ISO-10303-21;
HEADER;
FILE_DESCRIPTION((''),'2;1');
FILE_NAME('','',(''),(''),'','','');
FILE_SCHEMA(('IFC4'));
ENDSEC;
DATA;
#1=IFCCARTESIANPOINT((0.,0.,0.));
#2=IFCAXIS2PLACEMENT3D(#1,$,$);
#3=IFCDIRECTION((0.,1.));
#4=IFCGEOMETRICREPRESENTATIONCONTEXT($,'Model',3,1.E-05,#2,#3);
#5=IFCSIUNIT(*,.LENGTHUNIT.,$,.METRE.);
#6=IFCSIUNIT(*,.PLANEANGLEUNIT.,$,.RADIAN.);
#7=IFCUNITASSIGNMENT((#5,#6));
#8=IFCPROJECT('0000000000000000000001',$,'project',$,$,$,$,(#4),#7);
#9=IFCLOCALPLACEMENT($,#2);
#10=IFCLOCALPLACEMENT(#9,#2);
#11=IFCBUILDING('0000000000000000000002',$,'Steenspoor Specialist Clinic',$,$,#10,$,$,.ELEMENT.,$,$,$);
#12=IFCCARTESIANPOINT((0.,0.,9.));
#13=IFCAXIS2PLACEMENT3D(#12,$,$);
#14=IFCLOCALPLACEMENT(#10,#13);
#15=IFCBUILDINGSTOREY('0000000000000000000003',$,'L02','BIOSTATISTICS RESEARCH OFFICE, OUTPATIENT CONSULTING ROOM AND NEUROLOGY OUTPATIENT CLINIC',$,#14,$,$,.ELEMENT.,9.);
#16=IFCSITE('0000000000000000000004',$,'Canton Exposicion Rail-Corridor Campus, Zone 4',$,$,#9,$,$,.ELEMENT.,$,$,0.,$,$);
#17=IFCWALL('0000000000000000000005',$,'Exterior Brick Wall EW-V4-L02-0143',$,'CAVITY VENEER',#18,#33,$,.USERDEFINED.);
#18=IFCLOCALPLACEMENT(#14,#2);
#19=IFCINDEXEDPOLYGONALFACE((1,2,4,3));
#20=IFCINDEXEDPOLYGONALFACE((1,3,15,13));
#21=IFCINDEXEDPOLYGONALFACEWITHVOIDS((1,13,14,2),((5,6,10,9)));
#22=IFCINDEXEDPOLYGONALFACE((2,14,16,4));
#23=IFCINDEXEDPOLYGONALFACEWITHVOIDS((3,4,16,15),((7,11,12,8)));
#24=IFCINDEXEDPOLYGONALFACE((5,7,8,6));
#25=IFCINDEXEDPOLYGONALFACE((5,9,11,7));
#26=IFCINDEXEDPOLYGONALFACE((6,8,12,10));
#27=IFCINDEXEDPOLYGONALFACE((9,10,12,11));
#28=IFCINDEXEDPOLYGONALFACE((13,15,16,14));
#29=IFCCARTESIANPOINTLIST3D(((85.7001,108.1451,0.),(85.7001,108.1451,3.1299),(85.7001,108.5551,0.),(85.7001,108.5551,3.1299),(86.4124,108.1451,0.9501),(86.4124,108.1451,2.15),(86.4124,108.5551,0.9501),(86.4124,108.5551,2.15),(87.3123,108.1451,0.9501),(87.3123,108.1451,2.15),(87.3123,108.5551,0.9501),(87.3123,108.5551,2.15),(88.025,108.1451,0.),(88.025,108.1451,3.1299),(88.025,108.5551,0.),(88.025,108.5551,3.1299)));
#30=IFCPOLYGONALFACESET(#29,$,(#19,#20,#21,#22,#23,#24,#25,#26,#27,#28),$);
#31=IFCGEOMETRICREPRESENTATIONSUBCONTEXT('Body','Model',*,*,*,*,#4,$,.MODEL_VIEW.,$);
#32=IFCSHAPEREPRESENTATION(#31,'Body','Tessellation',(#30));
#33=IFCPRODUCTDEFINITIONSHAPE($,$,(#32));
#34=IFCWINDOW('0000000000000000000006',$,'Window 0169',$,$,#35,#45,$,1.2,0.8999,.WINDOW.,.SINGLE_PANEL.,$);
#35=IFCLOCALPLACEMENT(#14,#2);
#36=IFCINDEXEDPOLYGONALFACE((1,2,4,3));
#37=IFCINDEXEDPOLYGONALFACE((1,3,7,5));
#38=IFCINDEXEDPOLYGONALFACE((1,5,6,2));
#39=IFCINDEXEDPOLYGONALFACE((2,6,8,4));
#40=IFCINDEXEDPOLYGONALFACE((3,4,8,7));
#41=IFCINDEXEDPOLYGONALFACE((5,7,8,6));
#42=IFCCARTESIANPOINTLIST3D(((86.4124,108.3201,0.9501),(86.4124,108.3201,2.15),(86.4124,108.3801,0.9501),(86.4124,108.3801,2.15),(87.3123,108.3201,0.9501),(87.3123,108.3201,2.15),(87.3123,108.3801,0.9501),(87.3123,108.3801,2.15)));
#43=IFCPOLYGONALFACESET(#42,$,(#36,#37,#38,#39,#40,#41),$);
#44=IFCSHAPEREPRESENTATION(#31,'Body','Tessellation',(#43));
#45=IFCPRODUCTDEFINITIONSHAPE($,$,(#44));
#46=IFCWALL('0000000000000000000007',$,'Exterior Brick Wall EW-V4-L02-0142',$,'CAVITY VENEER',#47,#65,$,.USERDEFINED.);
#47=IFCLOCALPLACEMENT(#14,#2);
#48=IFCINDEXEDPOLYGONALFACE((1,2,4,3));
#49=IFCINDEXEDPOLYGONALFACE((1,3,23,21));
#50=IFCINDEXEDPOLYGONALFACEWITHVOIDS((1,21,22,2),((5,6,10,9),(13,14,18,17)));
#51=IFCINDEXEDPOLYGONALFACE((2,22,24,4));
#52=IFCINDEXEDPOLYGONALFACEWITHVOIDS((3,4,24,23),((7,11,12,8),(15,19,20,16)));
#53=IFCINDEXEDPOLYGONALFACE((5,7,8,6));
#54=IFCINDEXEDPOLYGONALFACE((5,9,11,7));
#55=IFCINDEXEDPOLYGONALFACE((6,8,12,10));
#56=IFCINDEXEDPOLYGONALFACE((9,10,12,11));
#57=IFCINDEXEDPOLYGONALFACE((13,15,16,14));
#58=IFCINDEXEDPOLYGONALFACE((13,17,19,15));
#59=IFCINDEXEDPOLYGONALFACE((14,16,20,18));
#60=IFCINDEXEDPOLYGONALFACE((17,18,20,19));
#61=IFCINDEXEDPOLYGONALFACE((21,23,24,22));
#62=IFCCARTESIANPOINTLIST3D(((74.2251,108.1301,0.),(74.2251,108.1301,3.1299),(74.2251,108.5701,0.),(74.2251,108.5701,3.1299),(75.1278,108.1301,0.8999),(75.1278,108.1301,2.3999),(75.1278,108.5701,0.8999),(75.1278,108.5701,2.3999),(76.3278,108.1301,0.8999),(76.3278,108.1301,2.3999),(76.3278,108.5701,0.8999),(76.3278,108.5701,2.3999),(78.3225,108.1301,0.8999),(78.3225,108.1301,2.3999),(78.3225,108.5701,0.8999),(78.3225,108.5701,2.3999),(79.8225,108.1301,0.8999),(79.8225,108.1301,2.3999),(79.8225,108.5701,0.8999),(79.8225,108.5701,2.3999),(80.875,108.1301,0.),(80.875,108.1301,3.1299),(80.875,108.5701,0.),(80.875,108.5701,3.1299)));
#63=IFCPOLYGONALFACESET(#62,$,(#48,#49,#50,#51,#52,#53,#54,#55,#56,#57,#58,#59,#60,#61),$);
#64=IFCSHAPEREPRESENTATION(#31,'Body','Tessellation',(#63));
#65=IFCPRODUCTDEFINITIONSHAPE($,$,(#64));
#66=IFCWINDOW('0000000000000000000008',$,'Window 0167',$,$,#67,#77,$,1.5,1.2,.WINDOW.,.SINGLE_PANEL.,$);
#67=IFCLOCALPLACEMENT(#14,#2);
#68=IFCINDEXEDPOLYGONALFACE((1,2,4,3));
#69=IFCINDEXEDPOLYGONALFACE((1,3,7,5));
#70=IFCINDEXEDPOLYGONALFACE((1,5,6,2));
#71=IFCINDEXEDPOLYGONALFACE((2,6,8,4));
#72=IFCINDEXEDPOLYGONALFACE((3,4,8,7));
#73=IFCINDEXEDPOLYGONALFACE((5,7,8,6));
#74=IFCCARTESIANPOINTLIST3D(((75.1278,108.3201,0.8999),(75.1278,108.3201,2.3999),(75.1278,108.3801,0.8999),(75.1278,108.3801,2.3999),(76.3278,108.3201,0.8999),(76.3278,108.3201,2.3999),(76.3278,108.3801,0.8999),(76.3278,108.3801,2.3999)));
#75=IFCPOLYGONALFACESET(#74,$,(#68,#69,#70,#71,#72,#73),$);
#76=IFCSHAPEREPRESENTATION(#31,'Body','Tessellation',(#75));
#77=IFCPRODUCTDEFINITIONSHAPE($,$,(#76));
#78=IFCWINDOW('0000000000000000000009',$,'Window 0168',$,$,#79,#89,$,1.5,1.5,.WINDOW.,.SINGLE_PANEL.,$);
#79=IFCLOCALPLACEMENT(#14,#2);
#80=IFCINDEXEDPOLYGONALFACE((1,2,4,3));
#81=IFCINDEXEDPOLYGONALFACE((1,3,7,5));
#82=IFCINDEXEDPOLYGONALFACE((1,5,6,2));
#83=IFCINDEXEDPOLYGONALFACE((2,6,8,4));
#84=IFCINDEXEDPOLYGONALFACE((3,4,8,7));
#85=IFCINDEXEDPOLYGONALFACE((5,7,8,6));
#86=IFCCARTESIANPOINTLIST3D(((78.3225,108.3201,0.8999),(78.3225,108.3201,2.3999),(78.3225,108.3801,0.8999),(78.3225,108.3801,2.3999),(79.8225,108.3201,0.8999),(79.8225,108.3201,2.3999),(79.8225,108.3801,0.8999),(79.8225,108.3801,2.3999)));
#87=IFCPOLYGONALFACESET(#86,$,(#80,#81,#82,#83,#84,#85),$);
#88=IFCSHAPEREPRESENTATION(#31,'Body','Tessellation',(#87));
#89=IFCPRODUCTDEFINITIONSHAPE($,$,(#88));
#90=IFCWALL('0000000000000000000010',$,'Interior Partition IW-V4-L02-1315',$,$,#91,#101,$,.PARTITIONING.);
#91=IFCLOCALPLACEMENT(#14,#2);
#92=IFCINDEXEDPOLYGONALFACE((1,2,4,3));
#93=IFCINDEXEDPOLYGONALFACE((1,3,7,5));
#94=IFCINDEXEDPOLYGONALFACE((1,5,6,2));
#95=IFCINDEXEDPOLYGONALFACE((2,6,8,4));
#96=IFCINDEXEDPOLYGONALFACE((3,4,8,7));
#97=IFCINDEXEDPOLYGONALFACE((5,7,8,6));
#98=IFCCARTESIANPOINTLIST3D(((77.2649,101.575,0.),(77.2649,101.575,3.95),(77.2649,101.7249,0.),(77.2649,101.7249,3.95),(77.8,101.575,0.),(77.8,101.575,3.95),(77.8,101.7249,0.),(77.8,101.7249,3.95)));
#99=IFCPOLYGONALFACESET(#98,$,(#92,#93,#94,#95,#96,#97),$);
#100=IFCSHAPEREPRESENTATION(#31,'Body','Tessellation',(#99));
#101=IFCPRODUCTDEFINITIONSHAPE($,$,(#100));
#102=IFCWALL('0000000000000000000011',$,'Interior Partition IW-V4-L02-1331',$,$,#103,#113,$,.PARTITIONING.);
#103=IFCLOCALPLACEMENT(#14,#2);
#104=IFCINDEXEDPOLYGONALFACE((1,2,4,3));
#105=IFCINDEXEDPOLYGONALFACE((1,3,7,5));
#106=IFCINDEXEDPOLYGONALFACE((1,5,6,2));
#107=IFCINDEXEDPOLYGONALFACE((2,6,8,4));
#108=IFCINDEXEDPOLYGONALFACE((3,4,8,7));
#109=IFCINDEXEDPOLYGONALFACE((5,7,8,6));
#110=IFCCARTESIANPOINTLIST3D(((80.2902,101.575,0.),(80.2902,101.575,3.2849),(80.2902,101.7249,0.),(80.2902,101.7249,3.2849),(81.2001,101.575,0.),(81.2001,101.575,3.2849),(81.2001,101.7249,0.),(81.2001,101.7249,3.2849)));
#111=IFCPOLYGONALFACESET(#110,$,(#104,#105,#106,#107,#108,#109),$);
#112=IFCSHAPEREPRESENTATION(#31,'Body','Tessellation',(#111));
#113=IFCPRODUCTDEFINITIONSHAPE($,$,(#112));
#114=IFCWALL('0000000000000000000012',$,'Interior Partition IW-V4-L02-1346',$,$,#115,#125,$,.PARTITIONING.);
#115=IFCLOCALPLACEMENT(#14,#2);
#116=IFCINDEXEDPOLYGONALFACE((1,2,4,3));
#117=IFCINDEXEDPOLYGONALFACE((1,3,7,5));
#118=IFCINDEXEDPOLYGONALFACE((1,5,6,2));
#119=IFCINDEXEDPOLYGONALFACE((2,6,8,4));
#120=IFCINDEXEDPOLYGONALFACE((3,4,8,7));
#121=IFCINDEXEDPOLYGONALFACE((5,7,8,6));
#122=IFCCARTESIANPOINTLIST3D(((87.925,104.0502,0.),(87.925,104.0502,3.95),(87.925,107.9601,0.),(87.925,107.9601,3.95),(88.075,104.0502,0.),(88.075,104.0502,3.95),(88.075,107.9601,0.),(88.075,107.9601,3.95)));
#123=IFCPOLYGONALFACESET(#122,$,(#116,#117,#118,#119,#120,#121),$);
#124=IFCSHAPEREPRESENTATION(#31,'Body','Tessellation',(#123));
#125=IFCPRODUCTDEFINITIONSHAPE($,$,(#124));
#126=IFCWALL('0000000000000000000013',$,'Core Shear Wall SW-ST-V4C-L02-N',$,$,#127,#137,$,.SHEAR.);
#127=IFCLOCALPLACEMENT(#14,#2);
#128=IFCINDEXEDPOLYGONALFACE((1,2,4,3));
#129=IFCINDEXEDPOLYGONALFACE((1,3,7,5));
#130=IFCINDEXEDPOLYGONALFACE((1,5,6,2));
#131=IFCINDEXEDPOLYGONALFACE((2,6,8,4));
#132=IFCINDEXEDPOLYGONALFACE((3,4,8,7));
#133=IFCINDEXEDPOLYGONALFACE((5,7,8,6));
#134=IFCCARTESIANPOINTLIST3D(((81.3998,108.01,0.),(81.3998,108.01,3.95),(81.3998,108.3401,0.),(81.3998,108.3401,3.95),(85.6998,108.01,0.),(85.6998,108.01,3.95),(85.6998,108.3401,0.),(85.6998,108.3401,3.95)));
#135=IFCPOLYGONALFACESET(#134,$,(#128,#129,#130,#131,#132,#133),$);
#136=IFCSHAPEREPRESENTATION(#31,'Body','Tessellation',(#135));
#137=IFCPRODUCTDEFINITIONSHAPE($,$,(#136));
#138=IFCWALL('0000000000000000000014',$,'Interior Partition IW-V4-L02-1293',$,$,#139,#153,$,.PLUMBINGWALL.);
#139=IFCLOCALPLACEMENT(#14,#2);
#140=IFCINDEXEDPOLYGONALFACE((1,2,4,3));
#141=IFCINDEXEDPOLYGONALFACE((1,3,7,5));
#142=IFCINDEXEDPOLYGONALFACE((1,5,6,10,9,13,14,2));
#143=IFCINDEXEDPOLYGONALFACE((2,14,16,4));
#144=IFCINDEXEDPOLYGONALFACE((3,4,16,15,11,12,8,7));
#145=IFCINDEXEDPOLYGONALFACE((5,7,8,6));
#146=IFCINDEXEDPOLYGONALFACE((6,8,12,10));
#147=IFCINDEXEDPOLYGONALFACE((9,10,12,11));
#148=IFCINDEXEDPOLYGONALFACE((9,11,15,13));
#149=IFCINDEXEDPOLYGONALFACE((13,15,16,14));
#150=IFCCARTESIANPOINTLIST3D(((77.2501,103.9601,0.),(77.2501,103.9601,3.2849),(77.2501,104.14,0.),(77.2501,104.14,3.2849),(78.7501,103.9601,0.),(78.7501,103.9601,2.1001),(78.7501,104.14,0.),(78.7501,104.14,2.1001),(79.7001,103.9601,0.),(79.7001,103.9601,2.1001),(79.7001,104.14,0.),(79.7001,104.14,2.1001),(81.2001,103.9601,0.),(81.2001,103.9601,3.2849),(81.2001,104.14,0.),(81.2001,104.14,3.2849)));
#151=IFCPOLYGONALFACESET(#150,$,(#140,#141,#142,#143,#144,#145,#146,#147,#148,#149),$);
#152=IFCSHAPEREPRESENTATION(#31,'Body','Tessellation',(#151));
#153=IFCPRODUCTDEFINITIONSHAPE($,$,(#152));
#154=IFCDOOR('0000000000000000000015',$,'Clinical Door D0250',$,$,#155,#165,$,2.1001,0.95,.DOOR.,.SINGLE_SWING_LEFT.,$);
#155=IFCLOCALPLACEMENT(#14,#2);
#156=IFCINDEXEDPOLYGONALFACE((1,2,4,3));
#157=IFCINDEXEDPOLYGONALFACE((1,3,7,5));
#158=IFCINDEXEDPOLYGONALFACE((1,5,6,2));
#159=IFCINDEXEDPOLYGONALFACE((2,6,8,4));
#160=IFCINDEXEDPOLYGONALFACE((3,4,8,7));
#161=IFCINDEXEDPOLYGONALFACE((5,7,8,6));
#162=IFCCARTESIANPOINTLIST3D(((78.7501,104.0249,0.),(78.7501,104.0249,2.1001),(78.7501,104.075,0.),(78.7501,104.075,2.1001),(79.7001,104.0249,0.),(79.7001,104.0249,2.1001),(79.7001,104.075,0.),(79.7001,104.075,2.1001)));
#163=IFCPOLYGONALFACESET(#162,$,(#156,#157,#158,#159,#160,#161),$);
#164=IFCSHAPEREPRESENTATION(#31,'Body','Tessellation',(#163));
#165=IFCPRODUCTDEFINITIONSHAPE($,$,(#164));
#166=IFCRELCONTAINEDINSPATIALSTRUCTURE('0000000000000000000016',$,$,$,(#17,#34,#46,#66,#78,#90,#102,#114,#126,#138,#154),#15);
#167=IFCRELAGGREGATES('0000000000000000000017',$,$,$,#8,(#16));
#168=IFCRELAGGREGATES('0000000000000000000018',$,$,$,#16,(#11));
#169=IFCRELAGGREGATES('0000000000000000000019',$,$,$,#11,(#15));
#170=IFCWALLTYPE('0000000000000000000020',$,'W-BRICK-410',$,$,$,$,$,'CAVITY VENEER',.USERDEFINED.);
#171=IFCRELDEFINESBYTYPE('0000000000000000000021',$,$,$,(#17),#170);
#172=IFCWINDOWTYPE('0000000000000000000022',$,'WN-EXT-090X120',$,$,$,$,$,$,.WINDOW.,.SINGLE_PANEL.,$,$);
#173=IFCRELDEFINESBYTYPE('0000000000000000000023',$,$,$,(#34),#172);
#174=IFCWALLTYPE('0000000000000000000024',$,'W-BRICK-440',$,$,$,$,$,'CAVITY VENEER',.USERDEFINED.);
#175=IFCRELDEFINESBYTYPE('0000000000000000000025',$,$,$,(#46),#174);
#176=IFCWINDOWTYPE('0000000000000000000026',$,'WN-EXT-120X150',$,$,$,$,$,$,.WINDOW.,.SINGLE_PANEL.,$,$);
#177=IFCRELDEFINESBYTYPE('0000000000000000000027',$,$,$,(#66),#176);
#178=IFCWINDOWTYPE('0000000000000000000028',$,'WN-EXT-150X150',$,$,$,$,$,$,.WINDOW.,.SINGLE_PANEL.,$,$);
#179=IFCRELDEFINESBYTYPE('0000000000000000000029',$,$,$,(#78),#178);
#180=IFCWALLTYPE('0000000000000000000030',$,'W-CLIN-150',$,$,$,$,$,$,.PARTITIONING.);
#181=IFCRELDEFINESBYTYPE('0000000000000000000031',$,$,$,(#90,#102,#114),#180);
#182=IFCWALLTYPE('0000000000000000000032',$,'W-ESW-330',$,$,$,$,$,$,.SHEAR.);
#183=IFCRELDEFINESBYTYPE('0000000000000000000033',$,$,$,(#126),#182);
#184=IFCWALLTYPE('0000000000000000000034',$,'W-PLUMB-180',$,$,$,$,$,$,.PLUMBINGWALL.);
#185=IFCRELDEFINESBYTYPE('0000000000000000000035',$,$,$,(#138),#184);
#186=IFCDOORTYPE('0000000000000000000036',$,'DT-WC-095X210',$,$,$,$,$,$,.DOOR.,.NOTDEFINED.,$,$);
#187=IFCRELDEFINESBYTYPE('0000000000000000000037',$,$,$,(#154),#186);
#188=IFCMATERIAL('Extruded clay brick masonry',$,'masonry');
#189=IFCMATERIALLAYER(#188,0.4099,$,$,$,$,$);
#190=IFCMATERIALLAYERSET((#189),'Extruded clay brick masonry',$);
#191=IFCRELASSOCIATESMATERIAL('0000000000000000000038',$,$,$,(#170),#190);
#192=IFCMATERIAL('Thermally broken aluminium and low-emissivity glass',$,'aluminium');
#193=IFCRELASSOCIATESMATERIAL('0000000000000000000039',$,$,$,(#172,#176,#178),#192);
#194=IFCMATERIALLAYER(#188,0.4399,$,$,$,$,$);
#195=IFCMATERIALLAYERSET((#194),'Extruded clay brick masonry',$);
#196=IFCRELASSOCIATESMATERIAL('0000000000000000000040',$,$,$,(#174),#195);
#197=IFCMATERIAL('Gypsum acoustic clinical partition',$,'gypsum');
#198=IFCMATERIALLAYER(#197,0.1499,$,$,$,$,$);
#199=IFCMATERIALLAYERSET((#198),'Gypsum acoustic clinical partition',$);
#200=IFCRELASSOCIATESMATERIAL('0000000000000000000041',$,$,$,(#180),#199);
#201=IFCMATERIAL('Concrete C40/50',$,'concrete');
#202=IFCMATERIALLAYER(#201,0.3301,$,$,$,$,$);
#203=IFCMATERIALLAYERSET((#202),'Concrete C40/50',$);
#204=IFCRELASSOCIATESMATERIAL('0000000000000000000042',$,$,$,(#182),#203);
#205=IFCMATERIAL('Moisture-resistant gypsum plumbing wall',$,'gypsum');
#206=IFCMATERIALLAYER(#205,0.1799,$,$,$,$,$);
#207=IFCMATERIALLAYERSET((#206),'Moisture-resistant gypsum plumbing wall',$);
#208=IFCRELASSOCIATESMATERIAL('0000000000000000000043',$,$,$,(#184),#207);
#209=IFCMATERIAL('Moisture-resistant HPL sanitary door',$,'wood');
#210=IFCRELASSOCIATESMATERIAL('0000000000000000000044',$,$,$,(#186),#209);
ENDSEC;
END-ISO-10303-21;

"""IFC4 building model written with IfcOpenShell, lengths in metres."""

from ifc_helpers import new_model, si_unit, direction, frame, frame_2d, origin, place, context, subcontext, project, spatial, rectangle, extrude, material, layer, layer_set, type_object, element, fill, save


model = new_model("IFC4")

# Units and contexts
model_context = context("Model", 3, precision=1e-05, world=origin(), true_north=direction((0.0, 1.0)))
body_context = subcontext(model_context, "Body", "Model", "MODEL_VIEW")
ifc_project = project(units=[si_unit("LENGTHUNIT", "METRE"), si_unit("PLANEANGLEUNIT", "RADIAN")], contexts=[model_context])

# Site, building, storey
site_placement = place(None, origin())
site = spatial("IfcSite", under=ifc_project, at=site_placement, Name="Canton Exposicion Rail-Corridor Campus, Zone 4", CompositionType="ELEMENT", RefElevation=0.0)
building_placement = place(site_placement, origin())
building = spatial("IfcBuilding", under=site, at=building_placement, Name="Steenspoor Specialist Clinic", CompositionType="ELEMENT")
storey_placement = place(building_placement, frame((0.0, 0.0, 9.0)))
storey = spatial("IfcBuildingStorey", under=building, at=storey_placement, Name="L02", Description="BIOSTATISTICS RESEARCH OFFICE, OUTPATIENT CONSULTING ROOM AND NEUROLOGY OUTPATIENT CLINIC", CompositionType="ELEMENT", Elevation=9.0)

# Shared definitions
ifc_material_1 = material(Name="Concrete C40/50", Category="concrete")

# Wall, opening, window
ifc_material_2 = material(Name="Extruded clay brick masonry", Category="masonry")
ifc_layer_1 = layer(ifc_material_2, 0.4099)
ifc_layer_set_1 = layer_set([ifc_layer_1], Name="Extruded clay brick masonry")
wall_type_1 = type_object("IfcWallType", Name="W-BRICK-410", ElementType="CAVITY VENEER", PredefinedType="USERDEFINED", material=ifc_layer_set_1)
wall_1_placement = place(storey_placement, frame((85.7, 108.3501, 0.0), z_axis=(0.0, 0.0, 1.0), x_axis=(1.0, 0.0, 0.0)))
wall_1 = element("IfcWall", 1, at=wall_1_placement, inside=storey, type_object=wall_type_1, Name="Exterior Brick Wall EW-V4-L02-0143", ObjectType="CAVITY VENEER", PredefinedType="USERDEFINED", context=body_context, shape_type="SweptSolid", body=[
    extrude(rectangle(XDim=2.325, YDim=0.4099, at=frame_2d((1.1626, 0.0))), origin(), (0.0, 0.0, 1.0), 3.1299),
])
opening_1_placement = place(wall_1_placement, frame((0.7124, 0.0, 0.95)))
opening_1 = element("IfcOpeningElement", 2, at=opening_1_placement, cuts=wall_1, PredefinedType="OPENING", context=body_context, shape_type="SweptSolid", body=[
    extrude(rectangle(XDim=0.8999, YDim=1.2, at=frame_2d((0.45, 0.6001))), frame((0.0, 0.2148, 0.0), z_axis=(0.0, -1.0, 0.0), x_axis=(1.0, 0.0, 0.0)), (0.0, 0.0, 1.0), 0.4299),
])
ifc_material_3 = material(Name="Thermally broken aluminium and low-emissivity glass", Category="aluminium")
window_type_1 = type_object("IfcWindowType", Name="WN-EXT-090X120", PartitioningType="SINGLE_PANEL", PredefinedType="WINDOW", material=ifc_material_3)
window_1_placement = place(opening_1_placement, origin())
window_1 = element("IfcWindow", 3, at=window_1_placement, inside=storey, type_object=window_type_1, Name="Window 0169", OverallHeight=1.2, OverallWidth=0.8999, PartitioningType="SINGLE_PANEL", PredefinedType="WINDOW", context=body_context, shape_type="SweptSolid", body=[
    extrude(rectangle(XDim=0.8999, YDim=1.2, at=frame_2d((0.45, 0.6001))), frame((0.0, 0.03, 0.0), z_axis=(0.0, -1.0, 0.0), x_axis=(1.0, 0.0, 0.0)), (0.0, 0.0, 1.0), 0.0601),
])
fill(opening_1, window_1)

# Wall, openings, windows
ifc_layer_2 = layer(ifc_material_2, 0.4399)
ifc_layer_set_2 = layer_set([ifc_layer_2], Name="Extruded clay brick masonry")
wall_type_2 = type_object("IfcWallType", Name="W-BRICK-440", ElementType="CAVITY VENEER", PredefinedType="USERDEFINED", material=ifc_layer_set_2)
wall_2_placement = place(storey_placement, frame((74.2251, 108.3501, 0.0), z_axis=(0.0, 0.0, 1.0), x_axis=(1.0, 0.0, 0.0)))
wall_2 = element("IfcWall", 4, at=wall_2_placement, inside=storey, type_object=wall_type_2, Name="Exterior Brick Wall EW-V4-L02-0142", ObjectType="CAVITY VENEER", PredefinedType="USERDEFINED", context=body_context, shape_type="SweptSolid", body=[
    extrude(rectangle(XDim=6.6499, YDim=0.4399, at=frame_2d((3.325, 0.0))), origin(), (0.0, 0.0, 1.0), 3.1299),
])
opening_2_placement = place(wall_2_placement, frame((0.9026, 0.0, 0.8999)))
opening_2 = element("IfcOpeningElement", 5, at=opening_2_placement, cuts=wall_2, PredefinedType="OPENING", context=body_context, shape_type="SweptSolid", body=[
    extrude(rectangle(XDim=1.2, YDim=1.5, at=frame_2d((0.6001, 0.75))), frame((0.0, 0.23, 0.0), z_axis=(0.0, -1.0, 0.0), x_axis=(1.0, 0.0, 0.0)), (0.0, 0.0, 1.0), 0.46),
])
opening_3_placement = place(wall_2_placement, frame((4.0974, 0.0, 0.8999)))
opening_3 = element("IfcOpeningElement", 6, at=opening_3_placement, cuts=wall_2, PredefinedType="OPENING", context=body_context, shape_type="SweptSolid", body=[
    extrude(rectangle(XDim=1.5, YDim=1.5, at=frame_2d((0.75, 0.75))), frame((0.0, 0.23, 0.0), z_axis=(0.0, -1.0, 0.0), x_axis=(1.0, 0.0, 0.0)), (0.0, 0.0, 1.0), 0.46),
])
window_type_2 = type_object("IfcWindowType", Name="WN-EXT-120X150", PartitioningType="SINGLE_PANEL", PredefinedType="WINDOW", material=ifc_material_3)
window_2_placement = place(opening_2_placement, origin())
window_2 = element("IfcWindow", 7, at=window_2_placement, inside=storey, type_object=window_type_2, Name="Window 0167", OverallHeight=1.5, OverallWidth=1.2, PartitioningType="SINGLE_PANEL", PredefinedType="WINDOW", context=body_context, shape_type="SweptSolid", body=[
    extrude(rectangle(XDim=1.2, YDim=1.5, at=frame_2d((0.6001, 0.75))), frame((0.0, 0.03, 0.0), z_axis=(0.0, -1.0, 0.0), x_axis=(1.0, 0.0, 0.0)), (0.0, 0.0, 1.0), 0.0601),
])
fill(opening_2, window_2)
window_type_3 = type_object("IfcWindowType", Name="WN-EXT-150X150", PartitioningType="SINGLE_PANEL", PredefinedType="WINDOW", material=ifc_material_3)
window_3_placement = place(opening_3_placement, origin())
window_3 = element("IfcWindow", 8, at=window_3_placement, inside=storey, type_object=window_type_3, Name="Window 0168", OverallHeight=1.5, OverallWidth=1.5, PartitioningType="SINGLE_PANEL", PredefinedType="WINDOW", context=body_context, shape_type="SweptSolid", body=[
    extrude(rectangle(XDim=1.5, YDim=1.5, at=frame_2d((0.75, 0.75))), frame((0.0, 0.03, 0.0), z_axis=(0.0, -1.0, 0.0), x_axis=(1.0, 0.0, 0.0)), (0.0, 0.0, 1.0), 0.0601),
])
fill(opening_3, window_3)

# Walls
ifc_material_4 = material(Name="Gypsum acoustic clinical partition", Category="gypsum")
ifc_layer_3 = layer(ifc_material_4, 0.1499)
ifc_layer_set_3 = layer_set([ifc_layer_3], Name="Gypsum acoustic clinical partition")
wall_type_3 = type_object("IfcWallType", Name="W-CLIN-150", PredefinedType="PARTITIONING", material=ifc_layer_set_3)
wall_3_placement = place(storey_placement, frame((77.2649, 101.6499, 0.0), z_axis=(0.0, 0.0, 1.0), x_axis=(1.0, 0.0, 0.0)))
element("IfcWall", 9, at=wall_3_placement, inside=storey, type_object=wall_type_3, Name="Interior Partition IW-V4-L02-1315", PredefinedType="PARTITIONING", context=body_context, shape_type="SweptSolid", body=[
    extrude(rectangle(XDim=0.5352, YDim=0.1499, at=frame_2d((0.2676, 0.0))), origin(), (0.0, 0.0, 1.0), 3.95),
])
wall_4_placement = place(storey_placement, frame((80.29, 101.6499, 0.0), z_axis=(0.0, 0.0, 1.0), x_axis=(1.0, 0.0, 0.0)))
element("IfcWall", 10, at=wall_4_placement, inside=storey, type_object=wall_type_3, Name="Interior Partition IW-V4-L02-1331", PredefinedType="PARTITIONING", context=body_context, shape_type="SweptSolid", body=[
    extrude(rectangle(XDim=0.9099, YDim=0.1499, at=frame_2d((0.4551, 0.0))), origin(), (0.0, 0.0, 1.0), 3.2849),
])

# Walls
wall_5_placement = place(storey_placement, frame((88.0, 104.05, 0.0), z_axis=(0.0, 0.0, 1.0), x_axis=(0.0, 1.0, 0.0)))
element("IfcWall", 11, at=wall_5_placement, inside=storey, type_object=wall_type_3, Name="Interior Partition IW-V4-L02-1346", PredefinedType="PARTITIONING", context=body_context, shape_type="SweptSolid", body=[
    extrude(rectangle(XDim=3.9099, YDim=0.1499, at=frame_2d((1.9551, 0.0))), origin(), (0.0, 0.0, 1.0), 3.95),
])
ifc_layer_4 = layer(ifc_material_1, 0.3301)
ifc_layer_set_4 = layer_set([ifc_layer_4], Name="Concrete C40/50")
wall_type_4 = type_object("IfcWallType", Name="W-ESW-330", PredefinedType="SHEAR", material=ifc_layer_set_4)
wall_6_placement = place(storey_placement, frame((81.3999, 108.175, 0.0), z_axis=(0.0, 0.0, 1.0), x_axis=(1.0, 0.0, 0.0)))
element("IfcWall", 12, at=wall_6_placement, inside=storey, type_object=wall_type_4, Name="Core Shear Wall SW-ST-V4C-L02-N", PredefinedType="SHEAR", context=body_context, shape_type="SweptSolid", body=[
    extrude(rectangle(XDim=4.3, YDim=0.3301, at=frame_2d((2.1499, 0.0))), origin(), (0.0, 0.0, 1.0), 3.95),
])

# Wall, opening, door
ifc_material_5 = material(Name="Moisture-resistant gypsum plumbing wall", Category="gypsum")
ifc_layer_5 = layer(ifc_material_5, 0.1799)
ifc_layer_set_5 = layer_set([ifc_layer_5], Name="Moisture-resistant gypsum plumbing wall")
wall_type_5 = type_object("IfcWallType", Name="W-PLUMB-180", PredefinedType="PLUMBINGWALL", material=ifc_layer_set_5)
wall_7_placement = place(storey_placement, frame((77.25, 104.05, 0.0), z_axis=(0.0, 0.0, 1.0), x_axis=(1.0, 0.0, 0.0)))
wall_7 = element("IfcWall", 13, at=wall_7_placement, inside=storey, type_object=wall_type_5, Name="Interior Partition IW-V4-L02-1293", PredefinedType="PLUMBINGWALL", context=body_context, shape_type="SweptSolid", body=[
    extrude(rectangle(XDim=3.95, YDim=0.1799, at=frame_2d((1.9751, 0.0))), origin(), (0.0, 0.0, 1.0), 3.2849),
])
opening_4_placement = place(wall_7_placement, frame((1.5, 0.0, 0.0)))
opening_4 = element("IfcOpeningElement", 14, at=opening_4_placement, cuts=wall_7, PredefinedType="OPENING", context=body_context, shape_type="SweptSolid", body=[
    extrude(rectangle(XDim=0.95, YDim=2.1001, at=frame_2d((0.4751, 1.05))), frame((0.0, 0.1001, 0.0), z_axis=(0.0, -1.0, 0.0), x_axis=(1.0, 0.0, 0.0)), (0.0, 0.0, 1.0), 0.2),
])
ifc_material_6 = material(Name="Moisture-resistant HPL sanitary door", Category="wood")
door_type_1 = type_object("IfcDoorType", Name="DT-WC-095X210", OperationType="NOTDEFINED", PredefinedType="DOOR", material=ifc_material_6)
door_1_placement = place(opening_4_placement, origin())
door_1 = element("IfcDoor", 15, at=door_1_placement, inside=storey, type_object=door_type_1, Name="Clinical Door D0250", OperationType="SINGLE_SWING_LEFT", OverallHeight=2.1001, OverallWidth=0.95, PredefinedType="DOOR", context=body_context, shape_type="SweptSolid", body=[
    extrude(rectangle(XDim=0.95, YDim=2.1001, at=frame_2d((0.4751, 1.05))), frame((0.0, 0.0249, 0.0), z_axis=(0.0, -1.0, 0.0), x_axis=(1.0, 0.0, 0.0)), (0.0, 0.0, 1.0), 0.05),
])
fill(opening_4, door_1)

save(model, "model.ifc")
